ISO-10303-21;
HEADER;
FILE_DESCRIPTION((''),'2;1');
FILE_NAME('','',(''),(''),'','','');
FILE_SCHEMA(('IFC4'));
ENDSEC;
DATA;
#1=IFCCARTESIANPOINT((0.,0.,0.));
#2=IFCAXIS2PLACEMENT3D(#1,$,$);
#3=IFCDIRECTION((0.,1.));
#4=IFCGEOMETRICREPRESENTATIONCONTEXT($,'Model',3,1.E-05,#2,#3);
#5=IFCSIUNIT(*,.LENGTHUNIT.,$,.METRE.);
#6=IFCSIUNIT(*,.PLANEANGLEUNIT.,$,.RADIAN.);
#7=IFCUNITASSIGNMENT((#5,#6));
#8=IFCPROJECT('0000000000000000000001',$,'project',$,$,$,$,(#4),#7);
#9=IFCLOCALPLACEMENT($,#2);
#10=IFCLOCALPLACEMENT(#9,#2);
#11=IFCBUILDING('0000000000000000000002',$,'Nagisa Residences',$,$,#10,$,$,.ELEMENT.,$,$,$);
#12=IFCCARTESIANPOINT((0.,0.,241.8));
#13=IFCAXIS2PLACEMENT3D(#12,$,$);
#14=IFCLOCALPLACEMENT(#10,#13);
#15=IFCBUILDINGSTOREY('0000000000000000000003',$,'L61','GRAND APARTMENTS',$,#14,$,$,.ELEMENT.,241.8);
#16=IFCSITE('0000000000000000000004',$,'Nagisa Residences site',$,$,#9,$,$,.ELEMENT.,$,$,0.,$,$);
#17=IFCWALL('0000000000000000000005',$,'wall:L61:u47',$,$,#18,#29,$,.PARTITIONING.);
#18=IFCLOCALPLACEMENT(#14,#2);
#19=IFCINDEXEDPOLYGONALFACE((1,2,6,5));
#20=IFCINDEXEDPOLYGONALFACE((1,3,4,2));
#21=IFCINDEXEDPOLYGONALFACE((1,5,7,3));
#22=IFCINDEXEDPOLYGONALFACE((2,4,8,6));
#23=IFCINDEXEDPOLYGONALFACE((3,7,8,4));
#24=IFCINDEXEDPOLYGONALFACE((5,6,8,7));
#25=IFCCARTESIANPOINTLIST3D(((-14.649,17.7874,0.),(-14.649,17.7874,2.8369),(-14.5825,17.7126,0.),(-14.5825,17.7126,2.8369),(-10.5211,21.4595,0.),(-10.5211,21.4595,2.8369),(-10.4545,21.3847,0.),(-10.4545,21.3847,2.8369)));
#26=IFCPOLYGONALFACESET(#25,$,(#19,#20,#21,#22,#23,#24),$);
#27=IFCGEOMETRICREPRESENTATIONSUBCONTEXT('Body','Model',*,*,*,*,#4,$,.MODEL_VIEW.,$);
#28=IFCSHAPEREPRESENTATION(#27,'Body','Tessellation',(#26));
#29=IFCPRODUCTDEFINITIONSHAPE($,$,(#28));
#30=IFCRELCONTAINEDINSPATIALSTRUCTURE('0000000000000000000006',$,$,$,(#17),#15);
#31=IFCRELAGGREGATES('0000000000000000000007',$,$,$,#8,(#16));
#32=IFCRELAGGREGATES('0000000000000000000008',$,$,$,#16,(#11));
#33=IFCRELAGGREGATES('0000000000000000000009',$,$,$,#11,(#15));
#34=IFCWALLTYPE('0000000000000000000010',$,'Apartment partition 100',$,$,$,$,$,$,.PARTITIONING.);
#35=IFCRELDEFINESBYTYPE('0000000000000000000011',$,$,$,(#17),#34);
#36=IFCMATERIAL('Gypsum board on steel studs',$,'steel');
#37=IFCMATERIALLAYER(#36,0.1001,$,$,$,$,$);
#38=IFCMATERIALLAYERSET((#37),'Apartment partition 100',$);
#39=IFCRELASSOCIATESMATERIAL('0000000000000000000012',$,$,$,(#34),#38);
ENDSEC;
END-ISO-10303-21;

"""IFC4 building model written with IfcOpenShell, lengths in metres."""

from ifc_helpers import new_model, si_unit, direction, frame, frame_2d, origin, place, context, subcontext, project, spatial, rectangle, extrude, material, layer, layer_set, type_object, element, save


model = new_model("IFC4")

# Units and contexts
model_context = context("Model", 3, precision=1e-05, world=origin(), true_north=direction((0.0, 1.0)))
body_context = subcontext(model_context, "Body", "Model", "MODEL_VIEW")
ifc_project = project(units=[si_unit("LENGTHUNIT", "METRE"), si_unit("PLANEANGLEUNIT", "RADIAN")], contexts=[model_context])

# Site, building, storey
site_placement = place(None, origin())
site = spatial("IfcSite", under=ifc_project, at=site_placement, Name="Nagisa Residences site", CompositionType="ELEMENT", RefElevation=0.0)
building_placement = place(site_placement, origin())
building = spatial("IfcBuilding", under=site, at=building_placement, Name="Nagisa Residences", CompositionType="ELEMENT")
storey_placement = place(building_placement, frame((0.0, 0.0, 241.8)))
storey = spatial("IfcBuildingStorey", under=building, at=storey_placement, Name="L61", Description="GRAND APARTMENTS", CompositionType="ELEMENT", Elevation=241.8)

# Shared definitions
ifc_material_1 = material(Name="Gypsum board on steel studs", Category="steel")
ifc_layer_1 = layer(ifc_material_1, 0.1001)
ifc_layer_set_1 = layer_set([ifc_layer_1], Name="Apartment partition 100")
wall_type_1 = type_object("IfcWallType", Name="Apartment partition 100", PredefinedType="PARTITIONING", material=ifc_layer_set_1)

# Wall
wall_1_placement = place(storey_placement, frame((-10.4878, 21.4221, 0.0), z_axis=(0.0, 0.0, 1.0), x_axis=(-0.747153, -0.664652, 0.0)))
element("IfcWall", 1, at=wall_1_placement, inside=storey, type_object=wall_type_1, Name="wall:L61:u47", PredefinedType="PARTITIONING", context=body_context, shape_type="SweptSolid", body=[
    extrude(rectangle(XDim=5.5249, YDim=0.1001, at=frame_2d((2.7625, 0.0))), origin(), (0.0, 0.0, 1.0), 2.8369),
])

save(model, "model.ifc")
